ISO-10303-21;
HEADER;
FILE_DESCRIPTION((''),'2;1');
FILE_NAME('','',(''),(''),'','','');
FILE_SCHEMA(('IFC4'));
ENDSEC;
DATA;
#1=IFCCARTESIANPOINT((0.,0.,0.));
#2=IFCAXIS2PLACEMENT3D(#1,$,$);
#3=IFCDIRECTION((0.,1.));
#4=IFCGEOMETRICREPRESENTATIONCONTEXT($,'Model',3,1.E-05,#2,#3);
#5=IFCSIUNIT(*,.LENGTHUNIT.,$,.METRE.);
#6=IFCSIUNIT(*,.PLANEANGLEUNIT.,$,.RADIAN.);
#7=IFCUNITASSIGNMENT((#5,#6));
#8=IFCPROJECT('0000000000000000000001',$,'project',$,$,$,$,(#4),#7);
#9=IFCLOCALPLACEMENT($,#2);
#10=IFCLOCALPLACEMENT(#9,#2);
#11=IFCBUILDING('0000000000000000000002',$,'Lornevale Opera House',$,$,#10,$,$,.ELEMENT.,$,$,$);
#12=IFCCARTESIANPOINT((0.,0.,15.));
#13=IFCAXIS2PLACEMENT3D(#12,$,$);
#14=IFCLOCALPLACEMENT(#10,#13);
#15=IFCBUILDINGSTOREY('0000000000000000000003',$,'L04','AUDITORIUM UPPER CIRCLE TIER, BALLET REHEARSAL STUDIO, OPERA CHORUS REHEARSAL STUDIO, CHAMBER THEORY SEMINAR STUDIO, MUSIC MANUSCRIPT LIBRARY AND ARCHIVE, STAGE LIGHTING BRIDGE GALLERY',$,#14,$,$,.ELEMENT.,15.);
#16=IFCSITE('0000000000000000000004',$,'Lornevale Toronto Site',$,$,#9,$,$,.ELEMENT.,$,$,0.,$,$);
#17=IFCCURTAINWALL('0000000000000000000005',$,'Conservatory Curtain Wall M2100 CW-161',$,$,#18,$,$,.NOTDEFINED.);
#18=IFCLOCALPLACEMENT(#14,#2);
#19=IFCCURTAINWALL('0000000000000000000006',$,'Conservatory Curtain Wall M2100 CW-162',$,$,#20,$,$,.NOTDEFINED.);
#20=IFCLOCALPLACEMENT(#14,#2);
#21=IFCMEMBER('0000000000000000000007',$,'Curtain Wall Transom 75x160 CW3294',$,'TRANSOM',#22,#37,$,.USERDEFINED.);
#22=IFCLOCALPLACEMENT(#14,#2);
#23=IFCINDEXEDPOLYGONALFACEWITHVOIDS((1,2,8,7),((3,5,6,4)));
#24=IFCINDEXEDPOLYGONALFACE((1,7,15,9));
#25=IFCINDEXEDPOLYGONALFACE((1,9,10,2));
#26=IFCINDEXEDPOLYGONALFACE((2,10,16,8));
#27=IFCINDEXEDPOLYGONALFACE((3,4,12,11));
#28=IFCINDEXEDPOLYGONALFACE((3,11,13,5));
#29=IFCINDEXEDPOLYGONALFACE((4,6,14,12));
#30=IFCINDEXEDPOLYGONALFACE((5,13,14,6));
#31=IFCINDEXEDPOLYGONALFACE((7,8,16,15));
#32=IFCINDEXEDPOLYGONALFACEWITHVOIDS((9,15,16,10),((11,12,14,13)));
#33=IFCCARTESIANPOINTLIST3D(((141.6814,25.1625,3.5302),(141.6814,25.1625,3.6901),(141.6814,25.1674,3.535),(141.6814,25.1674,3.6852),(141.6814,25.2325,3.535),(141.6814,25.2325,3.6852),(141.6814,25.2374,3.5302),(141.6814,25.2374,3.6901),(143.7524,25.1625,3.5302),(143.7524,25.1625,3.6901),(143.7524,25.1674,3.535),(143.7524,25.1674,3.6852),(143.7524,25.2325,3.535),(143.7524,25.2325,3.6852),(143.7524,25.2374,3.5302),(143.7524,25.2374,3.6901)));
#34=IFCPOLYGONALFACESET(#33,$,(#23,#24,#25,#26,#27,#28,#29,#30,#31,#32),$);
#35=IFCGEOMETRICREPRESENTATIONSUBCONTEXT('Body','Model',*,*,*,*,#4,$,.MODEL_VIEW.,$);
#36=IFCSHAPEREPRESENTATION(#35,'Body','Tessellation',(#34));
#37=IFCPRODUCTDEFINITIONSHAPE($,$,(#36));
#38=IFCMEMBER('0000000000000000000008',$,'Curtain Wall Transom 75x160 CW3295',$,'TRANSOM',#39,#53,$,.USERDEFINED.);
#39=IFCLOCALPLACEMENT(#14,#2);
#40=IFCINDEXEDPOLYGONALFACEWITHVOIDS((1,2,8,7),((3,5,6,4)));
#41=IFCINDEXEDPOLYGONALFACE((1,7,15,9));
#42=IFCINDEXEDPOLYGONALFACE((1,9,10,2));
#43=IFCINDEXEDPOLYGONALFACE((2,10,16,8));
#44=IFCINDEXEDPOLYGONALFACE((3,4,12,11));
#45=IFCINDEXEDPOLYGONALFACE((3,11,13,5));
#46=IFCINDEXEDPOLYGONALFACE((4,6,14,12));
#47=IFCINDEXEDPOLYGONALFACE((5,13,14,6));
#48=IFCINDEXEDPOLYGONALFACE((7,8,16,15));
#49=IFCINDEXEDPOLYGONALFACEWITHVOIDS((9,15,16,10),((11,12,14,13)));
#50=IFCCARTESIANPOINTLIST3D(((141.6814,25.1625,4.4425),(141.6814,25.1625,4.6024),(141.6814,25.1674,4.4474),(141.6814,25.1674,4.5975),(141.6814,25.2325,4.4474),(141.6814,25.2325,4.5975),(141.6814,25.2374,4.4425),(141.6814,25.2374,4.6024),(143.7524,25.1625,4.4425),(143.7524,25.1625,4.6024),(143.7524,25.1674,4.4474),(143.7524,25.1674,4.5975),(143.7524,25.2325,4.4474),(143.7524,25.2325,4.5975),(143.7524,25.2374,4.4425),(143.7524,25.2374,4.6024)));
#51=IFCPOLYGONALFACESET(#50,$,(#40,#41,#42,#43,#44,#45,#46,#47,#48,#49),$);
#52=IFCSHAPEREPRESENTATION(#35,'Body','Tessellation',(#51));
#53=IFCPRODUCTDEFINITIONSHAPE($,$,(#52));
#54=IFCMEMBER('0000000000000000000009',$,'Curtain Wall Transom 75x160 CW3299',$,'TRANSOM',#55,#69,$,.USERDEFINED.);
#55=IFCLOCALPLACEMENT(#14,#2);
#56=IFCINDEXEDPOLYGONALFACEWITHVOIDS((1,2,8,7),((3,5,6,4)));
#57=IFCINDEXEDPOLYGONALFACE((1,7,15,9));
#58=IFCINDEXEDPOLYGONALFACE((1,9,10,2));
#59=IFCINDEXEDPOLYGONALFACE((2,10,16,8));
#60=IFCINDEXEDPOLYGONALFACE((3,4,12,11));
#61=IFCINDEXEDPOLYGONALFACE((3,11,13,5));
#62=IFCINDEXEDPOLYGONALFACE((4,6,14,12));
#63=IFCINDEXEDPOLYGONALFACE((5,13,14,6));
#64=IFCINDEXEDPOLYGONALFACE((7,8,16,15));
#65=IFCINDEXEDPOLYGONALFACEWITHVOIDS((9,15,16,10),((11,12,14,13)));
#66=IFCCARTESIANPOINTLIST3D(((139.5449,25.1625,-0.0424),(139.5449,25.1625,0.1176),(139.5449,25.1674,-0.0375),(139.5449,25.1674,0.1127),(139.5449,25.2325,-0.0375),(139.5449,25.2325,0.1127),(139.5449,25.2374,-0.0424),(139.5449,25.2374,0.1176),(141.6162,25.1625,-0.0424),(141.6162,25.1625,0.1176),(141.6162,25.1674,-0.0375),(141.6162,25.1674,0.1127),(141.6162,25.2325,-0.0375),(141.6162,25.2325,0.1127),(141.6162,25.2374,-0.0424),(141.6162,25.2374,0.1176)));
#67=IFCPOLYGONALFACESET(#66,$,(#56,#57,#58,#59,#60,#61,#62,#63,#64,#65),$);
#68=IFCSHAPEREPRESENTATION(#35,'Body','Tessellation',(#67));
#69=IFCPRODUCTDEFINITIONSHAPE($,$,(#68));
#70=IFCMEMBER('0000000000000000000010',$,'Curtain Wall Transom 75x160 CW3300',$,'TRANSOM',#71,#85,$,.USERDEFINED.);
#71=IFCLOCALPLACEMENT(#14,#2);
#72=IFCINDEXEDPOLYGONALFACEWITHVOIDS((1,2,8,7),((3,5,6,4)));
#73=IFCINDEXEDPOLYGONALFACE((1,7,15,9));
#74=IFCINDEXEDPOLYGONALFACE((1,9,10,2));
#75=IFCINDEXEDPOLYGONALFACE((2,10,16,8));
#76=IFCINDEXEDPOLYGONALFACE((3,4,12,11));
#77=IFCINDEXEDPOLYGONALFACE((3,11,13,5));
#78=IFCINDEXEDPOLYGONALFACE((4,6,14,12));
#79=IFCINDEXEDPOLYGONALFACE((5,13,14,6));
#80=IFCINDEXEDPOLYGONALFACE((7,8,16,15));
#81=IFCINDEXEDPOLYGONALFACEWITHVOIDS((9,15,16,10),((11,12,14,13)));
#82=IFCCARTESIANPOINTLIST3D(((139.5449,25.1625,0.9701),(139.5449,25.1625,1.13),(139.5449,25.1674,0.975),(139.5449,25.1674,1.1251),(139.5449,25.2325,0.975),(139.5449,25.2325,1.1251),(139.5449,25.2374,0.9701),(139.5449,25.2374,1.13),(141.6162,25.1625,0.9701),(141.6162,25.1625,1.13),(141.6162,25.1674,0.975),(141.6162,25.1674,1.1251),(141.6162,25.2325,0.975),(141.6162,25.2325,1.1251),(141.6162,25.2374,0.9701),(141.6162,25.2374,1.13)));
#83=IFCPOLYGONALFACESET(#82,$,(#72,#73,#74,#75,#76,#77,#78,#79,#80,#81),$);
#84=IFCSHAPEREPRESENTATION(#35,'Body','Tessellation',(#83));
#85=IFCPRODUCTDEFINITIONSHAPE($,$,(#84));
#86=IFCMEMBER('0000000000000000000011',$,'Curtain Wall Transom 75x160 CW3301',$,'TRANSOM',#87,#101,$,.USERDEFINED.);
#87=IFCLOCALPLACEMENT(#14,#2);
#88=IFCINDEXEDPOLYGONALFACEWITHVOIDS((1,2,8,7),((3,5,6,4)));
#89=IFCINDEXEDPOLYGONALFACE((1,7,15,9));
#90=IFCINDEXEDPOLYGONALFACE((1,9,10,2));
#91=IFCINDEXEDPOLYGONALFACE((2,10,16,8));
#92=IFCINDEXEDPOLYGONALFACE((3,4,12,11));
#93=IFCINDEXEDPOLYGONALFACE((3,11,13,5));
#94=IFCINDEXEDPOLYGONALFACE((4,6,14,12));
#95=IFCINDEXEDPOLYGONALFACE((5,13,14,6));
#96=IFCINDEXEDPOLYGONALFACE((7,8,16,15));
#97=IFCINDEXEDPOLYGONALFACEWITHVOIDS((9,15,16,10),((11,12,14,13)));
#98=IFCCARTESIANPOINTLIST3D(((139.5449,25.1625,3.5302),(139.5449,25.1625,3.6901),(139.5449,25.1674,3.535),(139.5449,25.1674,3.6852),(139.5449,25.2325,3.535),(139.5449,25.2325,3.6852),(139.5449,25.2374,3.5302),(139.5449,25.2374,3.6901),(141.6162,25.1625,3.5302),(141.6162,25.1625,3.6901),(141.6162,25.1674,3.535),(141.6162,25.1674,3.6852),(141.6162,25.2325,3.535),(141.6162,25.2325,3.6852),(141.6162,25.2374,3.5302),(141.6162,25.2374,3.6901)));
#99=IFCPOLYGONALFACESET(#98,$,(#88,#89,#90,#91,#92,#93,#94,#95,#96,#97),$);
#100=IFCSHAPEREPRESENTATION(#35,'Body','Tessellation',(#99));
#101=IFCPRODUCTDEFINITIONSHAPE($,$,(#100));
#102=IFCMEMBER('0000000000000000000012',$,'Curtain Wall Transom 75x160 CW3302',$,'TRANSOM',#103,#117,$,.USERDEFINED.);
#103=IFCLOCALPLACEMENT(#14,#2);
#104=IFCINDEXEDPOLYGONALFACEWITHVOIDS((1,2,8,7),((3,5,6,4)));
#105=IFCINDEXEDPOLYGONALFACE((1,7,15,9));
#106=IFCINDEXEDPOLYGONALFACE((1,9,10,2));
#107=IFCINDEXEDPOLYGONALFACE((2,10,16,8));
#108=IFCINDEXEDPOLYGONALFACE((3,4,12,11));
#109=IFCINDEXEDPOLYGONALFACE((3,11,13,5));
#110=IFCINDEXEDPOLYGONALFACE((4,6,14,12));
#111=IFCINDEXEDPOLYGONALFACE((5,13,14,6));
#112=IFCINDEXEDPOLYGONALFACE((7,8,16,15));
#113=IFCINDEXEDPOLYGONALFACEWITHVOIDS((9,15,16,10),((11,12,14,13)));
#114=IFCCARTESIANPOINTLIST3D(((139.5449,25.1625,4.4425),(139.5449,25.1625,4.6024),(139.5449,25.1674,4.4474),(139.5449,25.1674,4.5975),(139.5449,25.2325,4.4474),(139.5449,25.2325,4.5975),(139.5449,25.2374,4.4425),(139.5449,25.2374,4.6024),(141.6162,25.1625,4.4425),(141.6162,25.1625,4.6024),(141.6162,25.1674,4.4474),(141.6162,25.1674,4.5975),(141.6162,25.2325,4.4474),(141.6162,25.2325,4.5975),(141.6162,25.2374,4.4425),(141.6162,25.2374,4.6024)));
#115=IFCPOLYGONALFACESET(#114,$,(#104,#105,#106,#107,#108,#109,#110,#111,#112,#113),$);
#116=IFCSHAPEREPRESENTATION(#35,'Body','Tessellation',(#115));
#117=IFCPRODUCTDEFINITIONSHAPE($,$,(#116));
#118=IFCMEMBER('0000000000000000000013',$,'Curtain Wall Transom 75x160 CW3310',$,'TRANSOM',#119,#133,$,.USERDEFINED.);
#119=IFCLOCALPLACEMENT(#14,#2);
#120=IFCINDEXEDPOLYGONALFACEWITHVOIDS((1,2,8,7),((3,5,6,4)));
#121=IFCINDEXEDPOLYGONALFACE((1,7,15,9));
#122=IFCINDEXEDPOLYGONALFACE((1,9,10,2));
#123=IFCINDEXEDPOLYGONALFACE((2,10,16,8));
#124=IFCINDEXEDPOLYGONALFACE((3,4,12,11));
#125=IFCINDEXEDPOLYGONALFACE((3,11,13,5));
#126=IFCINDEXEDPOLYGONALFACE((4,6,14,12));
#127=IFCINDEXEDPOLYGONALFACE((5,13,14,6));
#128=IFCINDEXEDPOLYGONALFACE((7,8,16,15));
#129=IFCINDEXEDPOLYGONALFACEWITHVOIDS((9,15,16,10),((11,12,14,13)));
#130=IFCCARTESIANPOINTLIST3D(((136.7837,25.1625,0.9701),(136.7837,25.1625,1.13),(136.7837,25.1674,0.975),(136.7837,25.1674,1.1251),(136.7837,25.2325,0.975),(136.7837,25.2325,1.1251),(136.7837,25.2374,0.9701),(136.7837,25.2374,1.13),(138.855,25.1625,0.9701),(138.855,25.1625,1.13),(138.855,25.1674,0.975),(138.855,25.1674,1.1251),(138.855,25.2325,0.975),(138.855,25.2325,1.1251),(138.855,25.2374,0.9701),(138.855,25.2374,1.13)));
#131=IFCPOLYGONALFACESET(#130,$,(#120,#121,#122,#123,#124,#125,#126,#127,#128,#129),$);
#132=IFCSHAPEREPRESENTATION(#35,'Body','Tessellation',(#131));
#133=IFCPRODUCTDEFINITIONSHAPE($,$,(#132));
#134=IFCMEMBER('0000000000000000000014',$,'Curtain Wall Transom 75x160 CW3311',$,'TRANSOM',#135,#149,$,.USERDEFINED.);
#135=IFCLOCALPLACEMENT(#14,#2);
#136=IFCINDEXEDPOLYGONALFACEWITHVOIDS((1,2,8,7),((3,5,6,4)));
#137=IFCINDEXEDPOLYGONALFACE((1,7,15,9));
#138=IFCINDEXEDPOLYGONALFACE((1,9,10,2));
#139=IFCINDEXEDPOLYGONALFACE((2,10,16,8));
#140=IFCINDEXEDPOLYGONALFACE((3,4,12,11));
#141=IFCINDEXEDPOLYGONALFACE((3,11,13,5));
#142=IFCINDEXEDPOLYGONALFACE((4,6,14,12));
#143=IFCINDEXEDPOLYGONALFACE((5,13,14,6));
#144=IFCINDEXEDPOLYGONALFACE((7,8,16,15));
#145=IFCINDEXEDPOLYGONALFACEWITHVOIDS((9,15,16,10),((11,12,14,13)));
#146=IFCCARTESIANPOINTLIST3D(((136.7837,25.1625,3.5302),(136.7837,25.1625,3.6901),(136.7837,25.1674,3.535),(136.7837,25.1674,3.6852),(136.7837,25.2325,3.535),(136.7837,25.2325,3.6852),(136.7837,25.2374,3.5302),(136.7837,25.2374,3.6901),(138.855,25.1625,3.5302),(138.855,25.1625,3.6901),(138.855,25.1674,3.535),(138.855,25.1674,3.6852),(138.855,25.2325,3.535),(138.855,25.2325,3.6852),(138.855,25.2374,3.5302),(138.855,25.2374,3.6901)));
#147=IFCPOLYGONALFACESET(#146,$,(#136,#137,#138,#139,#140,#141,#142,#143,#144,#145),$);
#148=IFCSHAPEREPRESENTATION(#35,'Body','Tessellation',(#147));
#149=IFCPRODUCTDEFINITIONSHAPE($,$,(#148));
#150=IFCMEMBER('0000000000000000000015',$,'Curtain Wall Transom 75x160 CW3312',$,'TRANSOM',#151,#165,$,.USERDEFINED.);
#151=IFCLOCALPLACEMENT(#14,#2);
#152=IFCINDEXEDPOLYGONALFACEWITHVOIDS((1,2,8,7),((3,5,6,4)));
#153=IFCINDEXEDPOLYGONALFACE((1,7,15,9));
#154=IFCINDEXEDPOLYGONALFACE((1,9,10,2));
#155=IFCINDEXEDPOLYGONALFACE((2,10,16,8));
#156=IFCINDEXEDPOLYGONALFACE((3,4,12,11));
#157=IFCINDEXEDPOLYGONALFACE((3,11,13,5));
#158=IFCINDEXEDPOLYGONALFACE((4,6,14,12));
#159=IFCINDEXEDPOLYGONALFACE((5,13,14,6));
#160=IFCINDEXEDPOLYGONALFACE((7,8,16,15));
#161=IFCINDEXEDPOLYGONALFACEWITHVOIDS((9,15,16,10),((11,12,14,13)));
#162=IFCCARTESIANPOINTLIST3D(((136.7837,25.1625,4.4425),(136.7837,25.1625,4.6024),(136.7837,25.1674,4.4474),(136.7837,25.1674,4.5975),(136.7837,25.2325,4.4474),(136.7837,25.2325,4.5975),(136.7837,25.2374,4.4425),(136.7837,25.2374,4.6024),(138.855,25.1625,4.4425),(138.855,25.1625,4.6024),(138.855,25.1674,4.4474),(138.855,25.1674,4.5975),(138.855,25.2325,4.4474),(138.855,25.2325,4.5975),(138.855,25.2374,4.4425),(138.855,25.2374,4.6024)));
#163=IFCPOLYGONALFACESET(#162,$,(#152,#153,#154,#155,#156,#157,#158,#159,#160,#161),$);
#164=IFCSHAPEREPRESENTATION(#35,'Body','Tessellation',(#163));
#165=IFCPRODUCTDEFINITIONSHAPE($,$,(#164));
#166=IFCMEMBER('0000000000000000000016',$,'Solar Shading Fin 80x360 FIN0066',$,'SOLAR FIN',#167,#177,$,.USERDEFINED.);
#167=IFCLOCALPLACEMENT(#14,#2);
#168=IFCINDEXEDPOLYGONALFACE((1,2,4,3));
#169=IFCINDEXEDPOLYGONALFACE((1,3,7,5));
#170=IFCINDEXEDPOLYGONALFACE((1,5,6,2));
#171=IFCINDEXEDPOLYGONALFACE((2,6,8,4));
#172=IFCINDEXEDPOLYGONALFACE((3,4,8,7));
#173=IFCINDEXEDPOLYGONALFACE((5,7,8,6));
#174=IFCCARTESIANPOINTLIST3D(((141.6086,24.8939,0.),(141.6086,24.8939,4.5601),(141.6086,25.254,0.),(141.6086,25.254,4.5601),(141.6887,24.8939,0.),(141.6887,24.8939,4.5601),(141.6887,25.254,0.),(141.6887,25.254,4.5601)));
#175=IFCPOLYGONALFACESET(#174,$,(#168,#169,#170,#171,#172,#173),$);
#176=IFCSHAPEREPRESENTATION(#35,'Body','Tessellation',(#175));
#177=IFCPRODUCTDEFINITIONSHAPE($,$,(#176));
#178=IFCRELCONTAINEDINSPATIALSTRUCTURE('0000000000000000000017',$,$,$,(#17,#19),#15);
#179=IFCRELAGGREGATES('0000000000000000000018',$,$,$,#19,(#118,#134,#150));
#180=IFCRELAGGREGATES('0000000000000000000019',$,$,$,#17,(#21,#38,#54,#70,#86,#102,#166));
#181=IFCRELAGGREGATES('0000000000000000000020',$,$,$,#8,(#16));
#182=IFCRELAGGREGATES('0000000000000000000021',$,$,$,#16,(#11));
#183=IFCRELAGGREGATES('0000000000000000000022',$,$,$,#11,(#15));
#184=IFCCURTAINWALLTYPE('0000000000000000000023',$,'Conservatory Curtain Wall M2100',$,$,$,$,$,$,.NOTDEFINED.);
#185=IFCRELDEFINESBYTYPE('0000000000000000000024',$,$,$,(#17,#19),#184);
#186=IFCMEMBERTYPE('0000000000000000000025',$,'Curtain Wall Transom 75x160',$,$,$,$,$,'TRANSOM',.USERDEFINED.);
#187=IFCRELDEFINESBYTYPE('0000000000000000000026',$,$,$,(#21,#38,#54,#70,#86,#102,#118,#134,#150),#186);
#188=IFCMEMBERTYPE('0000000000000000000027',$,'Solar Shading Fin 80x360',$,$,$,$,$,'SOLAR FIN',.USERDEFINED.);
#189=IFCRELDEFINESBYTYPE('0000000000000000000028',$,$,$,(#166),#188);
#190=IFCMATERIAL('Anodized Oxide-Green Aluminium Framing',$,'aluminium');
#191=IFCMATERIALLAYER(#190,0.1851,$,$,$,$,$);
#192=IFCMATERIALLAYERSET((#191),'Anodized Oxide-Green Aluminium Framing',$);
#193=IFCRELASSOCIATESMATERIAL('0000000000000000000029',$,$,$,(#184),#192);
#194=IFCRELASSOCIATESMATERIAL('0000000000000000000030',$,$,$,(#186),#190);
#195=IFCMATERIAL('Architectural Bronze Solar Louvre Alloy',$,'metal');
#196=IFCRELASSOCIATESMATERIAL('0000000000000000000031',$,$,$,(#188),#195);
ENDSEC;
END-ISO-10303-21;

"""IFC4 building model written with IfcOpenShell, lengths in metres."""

from ifc_helpers import new_model, si_unit, direction, frame, origin, origin_2d, place, context, subcontext, project, spatial, rectangle, hollow_rectangle, extrude, material, layer, layer_set, material_profile, profile_set, type_object, element, aggregate, save


model = new_model("IFC4")

# Units and contexts
model_context = context("Model", 3, precision=1e-05, world=origin(), true_north=direction((0.0, 1.0)))
body_context = subcontext(model_context, "Body", "Model", "MODEL_VIEW")
ifc_project = project(units=[si_unit("LENGTHUNIT", "METRE"), si_unit("PLANEANGLEUNIT", "RADIAN")], contexts=[model_context])

# Site, building, storey
site_placement = place(None, origin())
site = spatial("IfcSite", under=ifc_project, at=site_placement, Name="Lornevale Toronto Site", CompositionType="ELEMENT", RefElevation=0.0)
building_placement = place(site_placement, origin())
building = spatial("IfcBuilding", under=site, at=building_placement, Name="Lornevale Opera House", CompositionType="ELEMENT")
storey_placement = place(building_placement, frame((0.0, 0.0, 15.0)))
storey = spatial("IfcBuildingStorey", under=building, at=storey_placement, Name="L04", Description="AUDITORIUM UPPER CIRCLE TIER, BALLET REHEARSAL STUDIO, OPERA CHORUS REHEARSAL STUDIO, CHAMBER THEORY SEMINAR STUDIO, MUSIC MANUSCRIPT LIBRARY AND ARCHIVE, STAGE LIGHTING BRIDGE GALLERY", CompositionType="ELEMENT", Elevation=15.0)

# Curtain wall
ifc_material_1 = material(Name="Anodized Oxide-Green Aluminium Framing", Category="aluminium")
ifc_layer_1 = layer(ifc_material_1, 0.1851)
ifc_layer_set_1 = layer_set([ifc_layer_1], Name="Anodized Oxide-Green Aluminium Framing")
curtain_wall_type_1 = type_object("IfcCurtainWallType", Name="Conservatory Curtain Wall M2100", PredefinedType="NOTDEFINED", material=ifc_layer_set_1)
curtain_wall_1_placement = place(storey_placement, origin())
curtain_wall_1 = element("IfcCurtainWall", 1, at=curtain_wall_1_placement, inside=storey, type_object=curtain_wall_type_1, Name="Conservatory Curtain Wall M2100 CW-161", PredefinedType="NOTDEFINED")

# Curtain wall
curtain_wall_2_placement = place(storey_placement, origin())
curtain_wall_2 = element("IfcCurtainWall", 2, at=curtain_wall_2_placement, inside=storey, type_object=curtain_wall_type_1, Name="Conservatory Curtain Wall M2100 CW-162", PredefinedType="NOTDEFINED")

# Members
ifc_material_profile_1 = material_profile(ifc_material_1, hollow_rectangle(XDim=0.075, YDim=0.1599, WallThickness=0.0049, at=origin_2d()), Name="ALU75x160x5")
ifc_profile_set_1 = profile_set([ifc_material_profile_1], Name="Anodized Oxide-Green Aluminium Framing")
member_type_1 = type_object("IfcMemberType", Name="Curtain Wall Transom 75x160", ElementType="TRANSOM", PredefinedType="USERDEFINED", material=ifc_profile_set_1)
member_1_placement = place(storey_placement, frame((143.7524, 25.2, 3.6101), z_axis=(-1.0, 0.0, 0.0), x_axis=(0.0, -1.0, 0.0)))
member_1 = element("IfcMember", 3, at=member_1_placement, type_object=member_type_1, Name="Curtain Wall Transom 75x160 CW3294", ObjectType="TRANSOM", PredefinedType="USERDEFINED", context=body_context, shape_type="SweptSolid", body=[
    extrude(hollow_rectangle(XDim=0.075, YDim=0.1599, WallThickness=0.0049, at=origin_2d()), origin(), (0.0, 0.0, 1.0), 2.071),
])
member_2_placement = place(storey_placement, frame((143.7524, 25.2, 4.5225), z_axis=(-1.0, 0.0, 0.0), x_axis=(0.0, -1.0, 0.0)))
member_2 = element("IfcMember", 4, at=member_2_placement, type_object=member_type_1, Name="Curtain Wall Transom 75x160 CW3295", ObjectType="TRANSOM", PredefinedType="USERDEFINED", context=body_context, shape_type="SweptSolid", body=[
    extrude(hollow_rectangle(XDim=0.075, YDim=0.1599, WallThickness=0.0049, at=origin_2d()), origin(), (0.0, 0.0, 1.0), 2.071),
])
member_3_placement = place(storey_placement, frame((141.6162, 25.2, 0.0376), z_axis=(-1.0, 0.0, 0.0), x_axis=(0.0, -1.0, 0.0)))
member_3 = element("IfcMember", 5, at=member_3_placement, type_object=member_type_1, Name="Curtain Wall Transom 75x160 CW3299", ObjectType="TRANSOM", PredefinedType="USERDEFINED", context=body_context, shape_type="SweptSolid", body=[
    extrude(hollow_rectangle(XDim=0.075, YDim=0.1599, WallThickness=0.0049, at=origin_2d()), origin(), (0.0, 0.0, 1.0), 2.0713),
])
member_4_placement = place(storey_placement, frame((141.6162, 25.2, 1.05), z_axis=(-1.0, 0.0, 0.0), x_axis=(0.0, -1.0, 0.0)))
member_4 = element("IfcMember", 6, at=member_4_placement, type_object=member_type_1, Name="Curtain Wall Transom 75x160 CW3300", ObjectType="TRANSOM", PredefinedType="USERDEFINED", context=body_context, shape_type="SweptSolid", body=[
    extrude(hollow_rectangle(XDim=0.075, YDim=0.1599, WallThickness=0.0049, at=origin_2d()), origin(), (0.0, 0.0, 1.0), 2.0713),
])
member_5_placement = place(storey_placement, frame((141.6162, 25.2, 3.6101), z_axis=(-1.0, 0.0, 0.0), x_axis=(0.0, -1.0, 0.0)))
member_5 = element("IfcMember", 7, at=member_5_placement, type_object=member_type_1, Name="Curtain Wall Transom 75x160 CW3301", ObjectType="TRANSOM", PredefinedType="USERDEFINED", context=body_context, shape_type="SweptSolid", body=[
    extrude(hollow_rectangle(XDim=0.075, YDim=0.1599, WallThickness=0.0049, at=origin_2d()), origin(), (0.0, 0.0, 1.0), 2.0713),
])
member_6_placement = place(storey_placement, frame((141.6162, 25.2, 4.5225), z_axis=(-1.0, 0.0, 0.0), x_axis=(0.0, -1.0, 0.0)))
member_6 = element("IfcMember", 8, at=member_6_placement, type_object=member_type_1, Name="Curtain Wall Transom 75x160 CW3302", ObjectType="TRANSOM", PredefinedType="USERDEFINED", context=body_context, shape_type="SweptSolid", body=[
    extrude(hollow_rectangle(XDim=0.075, YDim=0.1599, WallThickness=0.0049, at=origin_2d()), origin(), (0.0, 0.0, 1.0), 2.0713),
])
member_7_placement = place(storey_placement, frame((138.855, 25.2, 1.05), z_axis=(-1.0, 0.0, 0.0), x_axis=(0.0, -1.0, 0.0)))
member_7 = element("IfcMember", 9, at=member_7_placement, type_object=member_type_1, Name="Curtain Wall Transom 75x160 CW3310", ObjectType="TRANSOM", PredefinedType="USERDEFINED", context=body_context, shape_type="SweptSolid", body=[
    extrude(hollow_rectangle(XDim=0.075, YDim=0.1599, WallThickness=0.0049, at=origin_2d()), origin(), (0.0, 0.0, 1.0), 2.0713),
])
member_8_placement = place(storey_placement, frame((138.855, 25.2, 3.6101), z_axis=(-1.0, 0.0, 0.0), x_axis=(0.0, -1.0, 0.0)))
member_8 = element("IfcMember", 10, at=member_8_placement, type_object=member_type_1, Name="Curtain Wall Transom 75x160 CW3311", ObjectType="TRANSOM", PredefinedType="USERDEFINED", context=body_context, shape_type="SweptSolid", body=[
    extrude(hollow_rectangle(XDim=0.075, YDim=0.1599, WallThickness=0.0049, at=origin_2d()), origin(), (0.0, 0.0, 1.0), 2.0713),
])
member_9_placement = place(storey_placement, frame((138.855, 25.2, 4.5225), z_axis=(-1.0, 0.0, 0.0), x_axis=(0.0, -1.0, 0.0)))
member_9 = element("IfcMember", 11, at=member_9_placement, type_object=member_type_1, Name="Curtain Wall Transom 75x160 CW3312", ObjectType="TRANSOM", PredefinedType="USERDEFINED", context=body_context, shape_type="SweptSolid", body=[
    extrude(hollow_rectangle(XDim=0.075, YDim=0.1599, WallThickness=0.0049, at=origin_2d()), origin(), (0.0, 0.0, 1.0), 2.0713),
])
aggregate(curtain_wall_2, [member_7, member_8, member_9])
ifc_material_2 = material(Name="Architectural Bronze Solar Louvre Alloy", Category="metal")
ifc_material_profile_2 = material_profile(ifc_material_2, rectangle(XDim=0.0801, YDim=0.3601, at=origin_2d()), Name="FIN80x360")
ifc_profile_set_2 = profile_set([ifc_material_profile_2], Name="Architectural Bronze Solar Louvre Alloy")
member_type_2 = type_object("IfcMemberType", Name="Solar Shading Fin 80x360", ElementType="SOLAR FIN", PredefinedType="USERDEFINED", material=ifc_profile_set_2)
member_10_placement = place(storey_placement, frame((141.6487, 25.074, 0.0), z_axis=(0.0, 0.0, 1.0), x_axis=(-1.0, 0.0, 0.0)))
member_10 = element("IfcMember", 12, at=member_10_placement, type_object=member_type_2, Name="Solar Shading Fin 80x360 FIN0066", ObjectType="SOLAR FIN", PredefinedType="USERDEFINED", context=body_context, shape_type="SweptSolid", body=[
    extrude(rectangle(XDim=0.0801, YDim=0.3601, at=origin_2d()), origin(), (0.0, 0.0, 1.0), 4.5601),
])

aggregate(curtain_wall_1, [member_1, member_2, member_3, member_4, member_5, member_6, member_10])

save(model, "model.ifc")
